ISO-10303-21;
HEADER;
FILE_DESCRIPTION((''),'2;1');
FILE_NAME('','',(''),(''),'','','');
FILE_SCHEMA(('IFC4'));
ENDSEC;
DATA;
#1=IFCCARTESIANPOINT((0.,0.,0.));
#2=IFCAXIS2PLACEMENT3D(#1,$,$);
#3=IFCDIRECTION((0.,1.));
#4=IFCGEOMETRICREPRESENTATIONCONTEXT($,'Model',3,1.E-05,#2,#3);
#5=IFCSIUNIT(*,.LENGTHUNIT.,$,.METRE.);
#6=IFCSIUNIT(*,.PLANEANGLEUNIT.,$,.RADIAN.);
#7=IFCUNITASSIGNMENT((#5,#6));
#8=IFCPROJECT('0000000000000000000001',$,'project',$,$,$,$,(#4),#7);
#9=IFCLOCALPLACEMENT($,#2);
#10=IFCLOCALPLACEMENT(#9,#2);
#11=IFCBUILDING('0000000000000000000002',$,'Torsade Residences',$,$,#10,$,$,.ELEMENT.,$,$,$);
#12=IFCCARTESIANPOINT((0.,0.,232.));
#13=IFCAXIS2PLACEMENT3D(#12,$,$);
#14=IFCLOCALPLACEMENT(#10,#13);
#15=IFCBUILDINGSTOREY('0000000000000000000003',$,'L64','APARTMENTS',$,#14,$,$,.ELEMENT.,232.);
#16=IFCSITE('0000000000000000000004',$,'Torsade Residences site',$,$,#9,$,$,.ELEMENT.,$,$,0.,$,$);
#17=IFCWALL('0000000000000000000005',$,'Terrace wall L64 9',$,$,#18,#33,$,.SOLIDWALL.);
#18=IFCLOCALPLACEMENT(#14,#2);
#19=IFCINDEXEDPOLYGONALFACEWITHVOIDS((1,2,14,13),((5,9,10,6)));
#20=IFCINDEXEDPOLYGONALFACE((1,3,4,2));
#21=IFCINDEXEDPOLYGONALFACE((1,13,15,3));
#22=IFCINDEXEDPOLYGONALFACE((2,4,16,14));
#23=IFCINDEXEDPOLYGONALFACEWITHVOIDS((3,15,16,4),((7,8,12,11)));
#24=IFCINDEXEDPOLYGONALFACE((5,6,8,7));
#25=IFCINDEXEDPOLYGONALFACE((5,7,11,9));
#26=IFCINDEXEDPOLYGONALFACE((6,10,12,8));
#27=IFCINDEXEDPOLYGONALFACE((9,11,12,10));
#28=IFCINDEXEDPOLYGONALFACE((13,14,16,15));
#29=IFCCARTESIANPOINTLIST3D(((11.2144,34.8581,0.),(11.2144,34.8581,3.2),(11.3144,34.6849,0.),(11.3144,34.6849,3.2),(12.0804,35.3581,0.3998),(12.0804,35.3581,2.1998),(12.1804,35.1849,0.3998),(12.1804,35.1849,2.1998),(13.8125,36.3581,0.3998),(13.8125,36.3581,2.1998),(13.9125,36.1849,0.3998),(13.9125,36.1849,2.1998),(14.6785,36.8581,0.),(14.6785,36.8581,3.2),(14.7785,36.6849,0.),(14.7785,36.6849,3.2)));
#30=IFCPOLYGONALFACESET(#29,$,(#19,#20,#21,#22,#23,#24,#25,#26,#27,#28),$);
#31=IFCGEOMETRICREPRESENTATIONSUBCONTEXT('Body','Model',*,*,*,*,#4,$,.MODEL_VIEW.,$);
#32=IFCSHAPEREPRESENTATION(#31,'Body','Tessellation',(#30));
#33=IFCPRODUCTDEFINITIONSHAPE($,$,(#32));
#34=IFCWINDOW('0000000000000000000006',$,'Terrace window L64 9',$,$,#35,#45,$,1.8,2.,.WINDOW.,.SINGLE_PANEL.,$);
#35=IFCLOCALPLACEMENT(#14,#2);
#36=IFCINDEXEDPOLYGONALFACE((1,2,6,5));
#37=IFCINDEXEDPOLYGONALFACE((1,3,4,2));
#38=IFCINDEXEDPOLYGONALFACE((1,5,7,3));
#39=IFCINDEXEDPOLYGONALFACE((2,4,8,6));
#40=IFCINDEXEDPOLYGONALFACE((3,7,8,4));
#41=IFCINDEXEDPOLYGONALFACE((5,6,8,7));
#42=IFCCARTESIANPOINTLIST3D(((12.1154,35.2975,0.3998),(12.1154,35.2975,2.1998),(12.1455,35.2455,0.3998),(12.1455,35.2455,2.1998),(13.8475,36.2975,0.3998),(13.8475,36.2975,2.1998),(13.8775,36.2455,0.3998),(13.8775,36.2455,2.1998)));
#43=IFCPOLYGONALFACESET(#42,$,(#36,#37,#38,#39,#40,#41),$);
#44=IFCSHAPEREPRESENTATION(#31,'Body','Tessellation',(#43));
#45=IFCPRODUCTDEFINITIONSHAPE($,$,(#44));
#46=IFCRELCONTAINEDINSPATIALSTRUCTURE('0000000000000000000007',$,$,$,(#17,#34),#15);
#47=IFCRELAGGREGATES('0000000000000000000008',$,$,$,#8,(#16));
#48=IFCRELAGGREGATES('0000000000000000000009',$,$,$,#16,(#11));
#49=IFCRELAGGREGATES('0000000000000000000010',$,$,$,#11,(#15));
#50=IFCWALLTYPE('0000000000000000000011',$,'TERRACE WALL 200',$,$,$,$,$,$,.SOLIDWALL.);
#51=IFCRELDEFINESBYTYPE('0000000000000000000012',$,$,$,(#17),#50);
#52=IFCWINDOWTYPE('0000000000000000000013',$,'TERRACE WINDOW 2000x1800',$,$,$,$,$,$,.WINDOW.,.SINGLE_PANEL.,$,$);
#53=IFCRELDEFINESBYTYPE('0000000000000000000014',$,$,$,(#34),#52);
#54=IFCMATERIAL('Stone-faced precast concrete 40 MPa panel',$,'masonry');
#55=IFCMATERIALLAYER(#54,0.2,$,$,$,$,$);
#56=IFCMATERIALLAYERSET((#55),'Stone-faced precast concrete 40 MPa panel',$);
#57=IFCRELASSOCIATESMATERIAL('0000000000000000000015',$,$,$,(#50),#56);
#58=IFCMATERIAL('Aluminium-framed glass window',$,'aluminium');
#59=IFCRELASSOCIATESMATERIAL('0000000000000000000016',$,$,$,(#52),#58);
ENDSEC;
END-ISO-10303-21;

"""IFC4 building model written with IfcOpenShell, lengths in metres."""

from ifc_helpers import new_model, si_unit, direction, frame, frame_2d, origin, place, context, subcontext, project, spatial, rectangle, extrude, material, layer, layer_set, type_object, element, fill, save


model = new_model("IFC4")

# Units and contexts
model_context = context("Model", 3, precision=1e-05, world=origin(), true_north=direction((0.0, 1.0)))
body_context = subcontext(model_context, "Body", "Model", "MODEL_VIEW")
ifc_project = project(units=[si_unit("LENGTHUNIT", "METRE"), si_unit("PLANEANGLEUNIT", "RADIAN")], contexts=[model_context])

# Site, building, storey
site_placement = place(None, origin())
site = spatial("IfcSite", under=ifc_project, at=site_placement, Name="Torsade Residences site", CompositionType="ELEMENT", RefElevation=0.0)
building_placement = place(site_placement, origin())
building = spatial("IfcBuilding", under=site, at=building_placement, Name="Torsade Residences", CompositionType="ELEMENT")
storey_placement = place(building_placement, frame((0.0, 0.0, 232.0)))
storey = spatial("IfcBuildingStorey", under=building, at=storey_placement, Name="L64", Description="APARTMENTS", CompositionType="ELEMENT", Elevation=232.0)

# Wall, opening, window
ifc_material_1 = material(Name="Stone-faced precast concrete 40 MPa panel", Category="masonry")
ifc_layer_1 = layer(ifc_material_1, 0.2)
ifc_layer_set_1 = layer_set([ifc_layer_1], Name="Stone-faced precast concrete 40 MPa panel")
wall_type_1 = type_object("IfcWallType", Name="TERRACE WALL 200", PredefinedType="SOLIDWALL", material=ifc_layer_set_1)
wall_1_placement = place(storey_placement, frame((14.7285, 36.7715, 0.0), z_axis=(0.0, 0.0, 1.0), x_axis=(-0.866026, -0.499999, 0.0)))
wall_1 = element("IfcWall", 1, at=wall_1_placement, inside=storey, type_object=wall_type_1, Name="Terrace wall L64 9", PredefinedType="SOLIDWALL", context=body_context, shape_type="SweptSolid", body=[
    extrude(rectangle(XDim=4.0, YDim=0.2, at=frame_2d((2.0, 0.0))), origin(), (0.0, 0.0, 1.0), 3.2),
])
opening_1_placement = place(wall_1_placement, frame((1.0, 0.0, 0.3999)))
opening_1 = element("IfcOpeningElement", 2, at=opening_1_placement, cuts=wall_1, PredefinedType="OPENING", context=body_context, shape_type="SweptSolid", body=[
    extrude(rectangle(XDim=2.0, YDim=1.8, at=frame_2d((1.0, 0.8999))), frame((0.0, 0.1099, 0.0), z_axis=(0.0, -1.0, 0.0), x_axis=(1.0, 0.0, 0.0)), (0.0, 0.0, 1.0), 0.22),
])
ifc_material_2 = material(Name="Aluminium-framed glass window", Category="aluminium")
window_type = type_object("IfcWindowType", Name="TERRACE WINDOW 2000x1800", PartitioningType="SINGLE_PANEL", PredefinedType="WINDOW", material=ifc_material_2)
window_placement = place(opening_1_placement, origin())
window = element("IfcWindow", 3, at=window_placement, inside=storey, type_object=window_type, Name="Terrace window L64 9", OverallHeight=1.8, OverallWidth=2.0, PartitioningType="SINGLE_PANEL", PredefinedType="WINDOW", context=body_context, shape_type="SweptSolid", body=[
    extrude(rectangle(XDim=2.0, YDim=1.8, at=frame_2d((1.0, 0.8999))), frame((0.0, 0.03, 0.0), z_axis=(0.0, -1.0, 0.0), x_axis=(1.0, 0.0, 0.0)), (0.0, 0.0, 1.0), 0.0601),
])
fill(opening_1, window)

save(model, "model.ifc")
